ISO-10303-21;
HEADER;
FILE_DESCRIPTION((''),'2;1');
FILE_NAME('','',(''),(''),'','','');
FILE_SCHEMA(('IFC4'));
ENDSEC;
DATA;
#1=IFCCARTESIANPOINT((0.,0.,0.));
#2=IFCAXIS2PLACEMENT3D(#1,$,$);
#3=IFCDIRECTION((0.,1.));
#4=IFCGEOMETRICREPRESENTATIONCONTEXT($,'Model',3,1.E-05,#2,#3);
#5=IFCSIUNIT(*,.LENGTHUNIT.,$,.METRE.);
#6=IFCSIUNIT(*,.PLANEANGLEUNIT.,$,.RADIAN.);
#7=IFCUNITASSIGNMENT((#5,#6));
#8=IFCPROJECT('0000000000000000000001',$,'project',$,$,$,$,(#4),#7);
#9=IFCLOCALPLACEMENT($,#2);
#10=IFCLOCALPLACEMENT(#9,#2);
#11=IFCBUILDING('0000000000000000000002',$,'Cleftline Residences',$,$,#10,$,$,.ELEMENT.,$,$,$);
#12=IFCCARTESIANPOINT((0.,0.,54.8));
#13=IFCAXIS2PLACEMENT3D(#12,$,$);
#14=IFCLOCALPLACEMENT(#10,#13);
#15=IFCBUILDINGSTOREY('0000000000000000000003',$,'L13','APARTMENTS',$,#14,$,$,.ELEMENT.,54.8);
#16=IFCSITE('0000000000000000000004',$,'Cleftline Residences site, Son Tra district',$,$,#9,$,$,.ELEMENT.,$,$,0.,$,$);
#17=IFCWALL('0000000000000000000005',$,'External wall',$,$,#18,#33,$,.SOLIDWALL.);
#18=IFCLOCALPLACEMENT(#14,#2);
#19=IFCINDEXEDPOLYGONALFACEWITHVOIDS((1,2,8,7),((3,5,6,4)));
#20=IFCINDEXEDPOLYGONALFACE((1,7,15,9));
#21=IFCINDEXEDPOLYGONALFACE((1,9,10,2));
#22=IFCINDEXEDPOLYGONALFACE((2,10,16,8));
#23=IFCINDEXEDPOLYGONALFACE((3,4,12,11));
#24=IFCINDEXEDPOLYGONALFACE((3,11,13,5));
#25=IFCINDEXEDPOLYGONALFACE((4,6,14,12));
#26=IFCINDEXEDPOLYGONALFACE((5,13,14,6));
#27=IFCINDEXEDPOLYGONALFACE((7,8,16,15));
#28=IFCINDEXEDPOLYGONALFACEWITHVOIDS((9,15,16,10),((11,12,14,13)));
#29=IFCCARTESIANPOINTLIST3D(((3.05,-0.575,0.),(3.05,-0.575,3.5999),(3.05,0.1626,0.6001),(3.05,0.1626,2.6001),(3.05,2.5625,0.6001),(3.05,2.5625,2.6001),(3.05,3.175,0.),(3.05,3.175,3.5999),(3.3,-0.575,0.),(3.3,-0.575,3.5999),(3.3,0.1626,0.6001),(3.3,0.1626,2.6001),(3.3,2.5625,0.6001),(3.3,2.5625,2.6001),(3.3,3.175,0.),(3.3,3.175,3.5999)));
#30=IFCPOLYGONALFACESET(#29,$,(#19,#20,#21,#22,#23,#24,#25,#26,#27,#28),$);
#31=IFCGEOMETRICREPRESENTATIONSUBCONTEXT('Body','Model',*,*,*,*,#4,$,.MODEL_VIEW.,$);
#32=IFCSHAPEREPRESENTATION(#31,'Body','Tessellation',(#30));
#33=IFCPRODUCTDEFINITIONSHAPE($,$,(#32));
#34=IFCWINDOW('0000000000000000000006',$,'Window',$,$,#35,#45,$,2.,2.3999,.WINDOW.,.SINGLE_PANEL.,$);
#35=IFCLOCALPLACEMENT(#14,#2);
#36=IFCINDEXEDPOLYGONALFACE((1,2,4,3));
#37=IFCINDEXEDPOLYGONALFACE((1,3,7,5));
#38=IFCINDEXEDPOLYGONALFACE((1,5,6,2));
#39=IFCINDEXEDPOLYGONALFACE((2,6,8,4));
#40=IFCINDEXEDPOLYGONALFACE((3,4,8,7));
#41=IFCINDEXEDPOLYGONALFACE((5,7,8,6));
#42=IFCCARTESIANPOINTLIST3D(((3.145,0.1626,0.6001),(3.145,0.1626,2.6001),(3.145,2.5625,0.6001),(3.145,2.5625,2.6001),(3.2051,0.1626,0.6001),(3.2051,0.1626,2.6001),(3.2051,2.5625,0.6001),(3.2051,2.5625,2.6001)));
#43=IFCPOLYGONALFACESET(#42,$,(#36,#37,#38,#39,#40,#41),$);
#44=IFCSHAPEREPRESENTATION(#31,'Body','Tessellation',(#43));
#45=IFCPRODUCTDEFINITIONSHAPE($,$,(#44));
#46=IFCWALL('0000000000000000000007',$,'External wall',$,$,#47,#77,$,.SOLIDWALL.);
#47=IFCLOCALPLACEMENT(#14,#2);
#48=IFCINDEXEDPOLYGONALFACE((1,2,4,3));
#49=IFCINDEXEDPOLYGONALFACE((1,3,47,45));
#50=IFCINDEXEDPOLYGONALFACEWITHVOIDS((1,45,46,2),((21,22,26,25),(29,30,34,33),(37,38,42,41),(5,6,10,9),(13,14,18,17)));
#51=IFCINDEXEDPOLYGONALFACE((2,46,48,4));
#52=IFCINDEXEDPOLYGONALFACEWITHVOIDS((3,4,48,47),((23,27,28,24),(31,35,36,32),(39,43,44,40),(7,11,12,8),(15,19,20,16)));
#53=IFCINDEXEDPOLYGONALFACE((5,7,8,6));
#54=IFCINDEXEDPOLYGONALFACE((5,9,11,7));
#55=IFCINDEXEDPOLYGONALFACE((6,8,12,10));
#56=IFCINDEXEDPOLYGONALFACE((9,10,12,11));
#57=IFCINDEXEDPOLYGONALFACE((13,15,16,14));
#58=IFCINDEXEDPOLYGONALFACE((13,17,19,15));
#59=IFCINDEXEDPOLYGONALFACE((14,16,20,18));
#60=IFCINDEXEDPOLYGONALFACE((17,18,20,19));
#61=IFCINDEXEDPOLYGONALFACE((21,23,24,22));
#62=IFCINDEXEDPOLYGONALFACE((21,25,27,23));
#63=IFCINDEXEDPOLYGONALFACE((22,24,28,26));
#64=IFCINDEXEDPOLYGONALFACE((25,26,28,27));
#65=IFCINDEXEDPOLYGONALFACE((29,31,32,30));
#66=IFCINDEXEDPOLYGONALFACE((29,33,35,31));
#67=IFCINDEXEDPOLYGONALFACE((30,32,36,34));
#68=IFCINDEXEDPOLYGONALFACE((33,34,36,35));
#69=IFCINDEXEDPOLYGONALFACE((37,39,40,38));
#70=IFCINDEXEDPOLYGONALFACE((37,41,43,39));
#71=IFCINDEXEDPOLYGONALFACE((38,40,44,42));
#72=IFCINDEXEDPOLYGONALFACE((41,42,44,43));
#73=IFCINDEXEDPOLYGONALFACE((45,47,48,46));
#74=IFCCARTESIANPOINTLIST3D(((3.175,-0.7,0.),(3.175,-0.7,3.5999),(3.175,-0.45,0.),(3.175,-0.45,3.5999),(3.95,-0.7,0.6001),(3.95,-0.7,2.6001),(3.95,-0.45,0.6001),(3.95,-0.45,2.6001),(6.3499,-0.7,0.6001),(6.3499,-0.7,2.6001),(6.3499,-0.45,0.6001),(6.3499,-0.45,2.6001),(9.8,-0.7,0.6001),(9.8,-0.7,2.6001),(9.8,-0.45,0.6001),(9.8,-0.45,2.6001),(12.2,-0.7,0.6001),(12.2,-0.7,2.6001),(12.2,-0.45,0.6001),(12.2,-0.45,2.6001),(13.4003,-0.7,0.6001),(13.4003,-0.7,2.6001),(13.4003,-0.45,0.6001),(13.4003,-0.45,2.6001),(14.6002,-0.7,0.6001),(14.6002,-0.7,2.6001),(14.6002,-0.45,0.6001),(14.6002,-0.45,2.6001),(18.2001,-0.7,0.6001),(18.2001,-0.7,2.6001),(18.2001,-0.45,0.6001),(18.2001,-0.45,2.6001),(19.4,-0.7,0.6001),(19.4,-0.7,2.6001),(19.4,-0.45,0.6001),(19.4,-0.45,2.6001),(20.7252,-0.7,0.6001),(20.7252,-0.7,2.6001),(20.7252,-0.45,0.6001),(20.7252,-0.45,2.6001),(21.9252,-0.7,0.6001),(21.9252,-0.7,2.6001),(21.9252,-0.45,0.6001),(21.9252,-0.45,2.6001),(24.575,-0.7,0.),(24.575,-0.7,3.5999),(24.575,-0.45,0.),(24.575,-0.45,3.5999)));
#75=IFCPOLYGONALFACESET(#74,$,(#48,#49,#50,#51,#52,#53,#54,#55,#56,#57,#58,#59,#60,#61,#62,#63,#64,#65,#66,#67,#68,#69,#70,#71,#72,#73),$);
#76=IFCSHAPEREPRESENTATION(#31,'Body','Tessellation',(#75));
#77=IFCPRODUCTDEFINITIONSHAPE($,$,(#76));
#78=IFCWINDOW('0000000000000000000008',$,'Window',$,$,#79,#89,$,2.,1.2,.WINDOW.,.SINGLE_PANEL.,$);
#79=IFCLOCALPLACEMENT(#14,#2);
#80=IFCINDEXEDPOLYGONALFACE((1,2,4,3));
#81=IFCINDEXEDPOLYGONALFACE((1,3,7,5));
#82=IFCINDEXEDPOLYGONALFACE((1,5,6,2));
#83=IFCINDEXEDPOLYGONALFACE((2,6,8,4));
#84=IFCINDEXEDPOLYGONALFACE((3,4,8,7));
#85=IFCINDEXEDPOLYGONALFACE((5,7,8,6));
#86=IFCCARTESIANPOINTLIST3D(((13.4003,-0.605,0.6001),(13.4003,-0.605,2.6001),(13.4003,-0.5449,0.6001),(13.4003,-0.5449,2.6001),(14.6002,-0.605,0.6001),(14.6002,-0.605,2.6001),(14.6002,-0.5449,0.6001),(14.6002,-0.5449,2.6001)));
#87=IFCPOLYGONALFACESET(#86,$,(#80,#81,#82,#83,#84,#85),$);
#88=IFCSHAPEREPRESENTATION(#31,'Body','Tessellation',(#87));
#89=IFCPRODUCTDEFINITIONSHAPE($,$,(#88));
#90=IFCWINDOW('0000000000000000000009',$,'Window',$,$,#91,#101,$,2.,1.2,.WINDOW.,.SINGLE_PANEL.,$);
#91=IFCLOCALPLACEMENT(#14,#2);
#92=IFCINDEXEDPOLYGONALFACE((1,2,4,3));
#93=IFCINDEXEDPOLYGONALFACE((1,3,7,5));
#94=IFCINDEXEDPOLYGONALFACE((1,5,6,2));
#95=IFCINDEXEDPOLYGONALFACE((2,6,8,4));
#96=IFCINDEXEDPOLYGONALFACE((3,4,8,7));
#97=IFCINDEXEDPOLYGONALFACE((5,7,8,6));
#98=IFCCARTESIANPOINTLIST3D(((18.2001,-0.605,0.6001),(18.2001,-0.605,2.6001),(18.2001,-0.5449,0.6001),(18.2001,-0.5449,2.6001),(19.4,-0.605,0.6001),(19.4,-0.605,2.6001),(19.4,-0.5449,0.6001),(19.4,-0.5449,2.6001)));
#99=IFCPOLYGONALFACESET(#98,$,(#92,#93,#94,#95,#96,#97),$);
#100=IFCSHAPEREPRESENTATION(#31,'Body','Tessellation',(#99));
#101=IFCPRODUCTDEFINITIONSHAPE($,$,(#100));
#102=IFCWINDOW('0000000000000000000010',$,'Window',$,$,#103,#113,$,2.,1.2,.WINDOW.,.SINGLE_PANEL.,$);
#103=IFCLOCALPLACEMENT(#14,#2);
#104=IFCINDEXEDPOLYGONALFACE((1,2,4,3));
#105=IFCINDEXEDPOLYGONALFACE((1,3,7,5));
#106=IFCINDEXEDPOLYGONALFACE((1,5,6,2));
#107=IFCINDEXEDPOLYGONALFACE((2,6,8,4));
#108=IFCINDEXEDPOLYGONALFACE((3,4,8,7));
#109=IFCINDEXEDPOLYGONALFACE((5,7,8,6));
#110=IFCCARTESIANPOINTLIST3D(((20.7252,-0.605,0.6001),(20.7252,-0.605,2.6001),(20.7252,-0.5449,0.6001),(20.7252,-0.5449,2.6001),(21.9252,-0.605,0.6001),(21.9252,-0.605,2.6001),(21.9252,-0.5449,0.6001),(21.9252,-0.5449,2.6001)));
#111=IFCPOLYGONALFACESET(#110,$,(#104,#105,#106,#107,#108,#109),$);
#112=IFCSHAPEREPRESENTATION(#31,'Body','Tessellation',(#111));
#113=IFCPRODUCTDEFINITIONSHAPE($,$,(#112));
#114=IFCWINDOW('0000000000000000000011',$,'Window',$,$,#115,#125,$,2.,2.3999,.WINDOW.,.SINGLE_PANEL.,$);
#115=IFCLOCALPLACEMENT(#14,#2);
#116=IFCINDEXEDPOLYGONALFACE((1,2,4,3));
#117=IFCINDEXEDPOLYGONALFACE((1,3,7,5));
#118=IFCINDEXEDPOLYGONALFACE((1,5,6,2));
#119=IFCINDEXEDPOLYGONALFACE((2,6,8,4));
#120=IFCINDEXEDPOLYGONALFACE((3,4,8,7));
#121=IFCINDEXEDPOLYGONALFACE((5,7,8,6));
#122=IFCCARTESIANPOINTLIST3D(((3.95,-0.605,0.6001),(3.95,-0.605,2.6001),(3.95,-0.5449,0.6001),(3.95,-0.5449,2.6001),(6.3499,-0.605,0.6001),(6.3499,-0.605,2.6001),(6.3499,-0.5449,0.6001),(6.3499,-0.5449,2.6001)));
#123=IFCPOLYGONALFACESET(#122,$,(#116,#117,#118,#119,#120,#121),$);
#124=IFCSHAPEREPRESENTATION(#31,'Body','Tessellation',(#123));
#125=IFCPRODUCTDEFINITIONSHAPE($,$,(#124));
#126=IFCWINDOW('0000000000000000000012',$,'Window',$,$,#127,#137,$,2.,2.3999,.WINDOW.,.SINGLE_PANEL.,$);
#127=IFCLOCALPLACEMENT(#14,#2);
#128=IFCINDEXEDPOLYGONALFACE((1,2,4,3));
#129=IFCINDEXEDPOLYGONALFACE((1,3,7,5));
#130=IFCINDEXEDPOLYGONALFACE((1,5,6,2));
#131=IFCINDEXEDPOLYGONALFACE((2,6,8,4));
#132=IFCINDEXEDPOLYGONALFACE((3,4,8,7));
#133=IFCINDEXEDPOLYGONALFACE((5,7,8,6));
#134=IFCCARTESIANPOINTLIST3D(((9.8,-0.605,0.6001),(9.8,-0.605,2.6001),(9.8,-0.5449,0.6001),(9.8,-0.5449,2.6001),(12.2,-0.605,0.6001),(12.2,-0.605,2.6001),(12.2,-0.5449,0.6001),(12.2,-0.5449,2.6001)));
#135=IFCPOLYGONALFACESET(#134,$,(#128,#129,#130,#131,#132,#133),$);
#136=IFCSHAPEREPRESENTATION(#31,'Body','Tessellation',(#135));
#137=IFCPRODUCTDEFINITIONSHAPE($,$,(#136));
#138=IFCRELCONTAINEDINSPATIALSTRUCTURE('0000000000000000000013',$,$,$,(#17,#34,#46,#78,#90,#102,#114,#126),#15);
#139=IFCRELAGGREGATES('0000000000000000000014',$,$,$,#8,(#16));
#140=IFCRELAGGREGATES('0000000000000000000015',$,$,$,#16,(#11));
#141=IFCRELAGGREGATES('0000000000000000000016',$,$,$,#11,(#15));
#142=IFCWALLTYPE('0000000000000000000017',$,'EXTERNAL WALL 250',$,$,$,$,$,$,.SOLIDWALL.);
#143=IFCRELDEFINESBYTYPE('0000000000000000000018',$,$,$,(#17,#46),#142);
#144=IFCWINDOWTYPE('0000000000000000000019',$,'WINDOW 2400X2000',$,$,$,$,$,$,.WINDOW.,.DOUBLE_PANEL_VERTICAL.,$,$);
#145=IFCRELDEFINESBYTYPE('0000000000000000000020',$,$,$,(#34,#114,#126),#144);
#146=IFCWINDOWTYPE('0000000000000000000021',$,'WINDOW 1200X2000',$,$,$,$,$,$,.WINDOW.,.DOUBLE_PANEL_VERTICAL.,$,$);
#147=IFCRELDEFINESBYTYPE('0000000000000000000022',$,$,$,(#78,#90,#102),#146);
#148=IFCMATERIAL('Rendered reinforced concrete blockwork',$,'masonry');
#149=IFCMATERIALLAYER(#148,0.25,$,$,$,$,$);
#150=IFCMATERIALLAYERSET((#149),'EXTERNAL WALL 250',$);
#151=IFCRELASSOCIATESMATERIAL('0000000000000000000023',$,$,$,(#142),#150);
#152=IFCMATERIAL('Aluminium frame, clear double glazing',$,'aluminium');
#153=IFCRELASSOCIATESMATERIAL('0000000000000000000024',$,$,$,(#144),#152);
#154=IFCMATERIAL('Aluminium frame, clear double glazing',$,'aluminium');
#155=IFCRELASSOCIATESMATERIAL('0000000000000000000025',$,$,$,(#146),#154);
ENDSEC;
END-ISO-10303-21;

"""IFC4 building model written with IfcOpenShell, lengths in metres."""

from ifc_helpers import new_model, si_unit, direction, frame, frame_2d, origin, place, context, subcontext, project, spatial, rectangle, extrude, material, layer, layer_set, type_object, element, fill, save


model = new_model("IFC4")

# Units and contexts
model_context = context("Model", 3, precision=1e-05, world=origin(), true_north=direction((0.0, 1.0)))
body_context = subcontext(model_context, "Body", "Model", "MODEL_VIEW")
ifc_project = project(units=[si_unit("LENGTHUNIT", "METRE"), si_unit("PLANEANGLEUNIT", "RADIAN")], contexts=[model_context])

# Site, building, storey
site_placement = place(None, origin())
site = spatial("IfcSite", under=ifc_project, at=site_placement, Name="Cleftline Residences site, Son Tra district", CompositionType="ELEMENT", RefElevation=0.0)
building_placement = place(site_placement, origin())
building = spatial("IfcBuilding", under=site, at=building_placement, Name="Cleftline Residences", CompositionType="ELEMENT")
storey_placement = place(building_placement, frame((0.0, 0.0, 54.8)))
storey = spatial("IfcBuildingStorey", under=building, at=storey_placement, Name="L13", Description="APARTMENTS", CompositionType="ELEMENT", Elevation=54.8)

# Wall, opening, window
ifc_material_1 = material(Name="Rendered reinforced concrete blockwork", Category="masonry")
ifc_layer_1 = layer(ifc_material_1, 0.25)
ifc_layer_set_1 = layer_set([ifc_layer_1], Name="EXTERNAL WALL 250")
wall_type_1 = type_object("IfcWallType", Name="EXTERNAL WALL 250", PredefinedType="SOLIDWALL", material=ifc_layer_set_1)
wall_1_placement = place(storey_placement, frame((3.175, 3.175, 0.0), z_axis=(0.0, 0.0, 1.0), x_axis=(0.0, -1.0, 0.0)))
wall_1 = element("IfcWall", 1, at=wall_1_placement, inside=storey, type_object=wall_type_1, Name="External wall", PredefinedType="SOLIDWALL", context=body_context, shape_type="SweptSolid", body=[
    extrude(rectangle(XDim=3.75, YDim=0.25, at=frame_2d((1.875, 0.0))), origin(), (0.0, 0.0, 1.0), 3.5999),
])
opening_1_placement = place(wall_1_placement, frame((0.6125, 0.0, 0.6001)))
opening_1 = element("IfcOpeningElement", 2, at=opening_1_placement, cuts=wall_1, PredefinedType="OPENING", context=body_context, shape_type="SweptSolid", body=[
    extrude(rectangle(XDim=2.3999, YDim=2.0, at=frame_2d((1.2, 1.0))), frame((0.0, 0.135, 0.0), z_axis=(0.0, -1.0, 0.0), x_axis=(1.0, 0.0, 0.0)), (0.0, 0.0, 1.0), 0.27),
])
ifc_material_2 = material(Name="Aluminium frame, clear double glazing", Category="aluminium")
window_type_1 = type_object("IfcWindowType", Name="WINDOW 2400X2000", PartitioningType="DOUBLE_PANEL_VERTICAL", PredefinedType="WINDOW", material=ifc_material_2)
window_1_placement = place(opening_1_placement, origin())
window_1 = element("IfcWindow", 3, at=window_1_placement, inside=storey, type_object=window_type_1, Name="Window", OverallHeight=2.0, OverallWidth=2.3999, PartitioningType="SINGLE_PANEL", PredefinedType="WINDOW", context=body_context, shape_type="SweptSolid", body=[
    extrude(rectangle(XDim=2.3999, YDim=2.0, at=frame_2d((1.2, 1.0))), frame((0.0, 0.03, 0.0), z_axis=(0.0, -1.0, 0.0), x_axis=(1.0, 0.0, 0.0)), (0.0, 0.0, 1.0), 0.0601),
])
fill(opening_1, window_1)

# Wall, openings, windows
wall_2_placement = place(storey_placement, frame((3.175, -0.575, 0.0), z_axis=(0.0, 0.0, 1.0), x_axis=(1.0, 0.0, 0.0)))
wall_2 = element("IfcWall", 4, at=wall_2_placement, inside=storey, type_object=wall_type_1, Name="External wall", PredefinedType="SOLIDWALL", context=body_context, shape_type="SweptSolid", body=[
    extrude(rectangle(XDim=21.3999, YDim=0.25, at=frame_2d((10.7, 0.0))), origin(), (0.0, 0.0, 1.0), 3.5999),
])
opening_2_placement = place(wall_2_placement, frame((0.7749, 0.0, 0.6001)))
opening_2 = element("IfcOpeningElement", 5, at=opening_2_placement, cuts=wall_2, PredefinedType="OPENING", context=body_context, shape_type="SweptSolid", body=[
    extrude(rectangle(XDim=2.3999, YDim=2.0, at=frame_2d((1.2, 1.0))), frame((0.0, 0.135, 0.0), z_axis=(0.0, -1.0, 0.0), x_axis=(1.0, 0.0, 0.0)), (0.0, 0.0, 1.0), 0.27),
])
opening_3_placement = place(wall_2_placement, frame((6.625, 0.0, 0.6001)))
opening_3 = element("IfcOpeningElement", 6, at=opening_3_placement, cuts=wall_2, PredefinedType="OPENING", context=body_context, shape_type="SweptSolid", body=[
    extrude(rectangle(XDim=2.3999, YDim=2.0, at=frame_2d((1.2, 1.0))), frame((0.0, 0.135, 0.0), z_axis=(0.0, -1.0, 0.0), x_axis=(1.0, 0.0, 0.0)), (0.0, 0.0, 1.0), 0.27),
])
opening_4_placement = place(wall_2_placement, frame((10.2251, 0.0, 0.6001)))
opening_4 = element("IfcOpeningElement", 7, at=opening_4_placement, cuts=wall_2, PredefinedType="OPENING", context=body_context, shape_type="SweptSolid", body=[
    extrude(rectangle(XDim=1.2, YDim=2.0, at=frame_2d((0.6001, 1.0))), frame((0.0, 0.135, 0.0), z_axis=(0.0, -1.0, 0.0), x_axis=(1.0, 0.0, 0.0)), (0.0, 0.0, 1.0), 0.27),
])
opening_5_placement = place(wall_2_placement, frame((15.0249, 0.0, 0.6001)))
opening_5 = element("IfcOpeningElement", 8, at=opening_5_placement, cuts=wall_2, PredefinedType="OPENING", context=body_context, shape_type="SweptSolid", body=[
    extrude(rectangle(XDim=1.2, YDim=2.0, at=frame_2d((0.6001, 1.0))), frame((0.0, 0.135, 0.0), z_axis=(0.0, -1.0, 0.0), x_axis=(1.0, 0.0, 0.0)), (0.0, 0.0, 1.0), 0.27),
])
opening_6_placement = place(wall_2_placement, frame((17.55, 0.0, 0.6001)))
opening_6 = element("IfcOpeningElement", 9, at=opening_6_placement, cuts=wall_2, PredefinedType="OPENING", context=body_context, shape_type="SweptSolid", body=[
    extrude(rectangle(XDim=1.2, YDim=2.0, at=frame_2d((0.6001, 1.0))), frame((0.0, 0.135, 0.0), z_axis=(0.0, -1.0, 0.0), x_axis=(1.0, 0.0, 0.0)), (0.0, 0.0, 1.0), 0.27),
])
ifc_material_3 = material(Name="Aluminium frame, clear double glazing", Category="aluminium")
window_type_2 = type_object("IfcWindowType", Name="WINDOW 1200X2000", PartitioningType="DOUBLE_PANEL_VERTICAL", PredefinedType="WINDOW", material=ifc_material_3)
window_2_placement = place(opening_4_placement, origin())
window_2 = element("IfcWindow", 10, at=window_2_placement, inside=storey, type_object=window_type_2, Name="Window", OverallHeight=2.0, OverallWidth=1.2, PartitioningType="SINGLE_PANEL", PredefinedType="WINDOW", context=body_context, shape_type="SweptSolid", body=[
    extrude(rectangle(XDim=1.2, YDim=2.0, at=frame_2d((0.6001, 1.0))), frame((0.0, 0.03, 0.0), z_axis=(0.0, -1.0, 0.0), x_axis=(1.0, 0.0, 0.0)), (0.0, 0.0, 1.0), 0.0601),
])
fill(opening_4, window_2)
window_3_placement = place(opening_5_placement, origin())
window_3 = element("IfcWindow", 11, at=window_3_placement, inside=storey, type_object=window_type_2, Name="Window", OverallHeight=2.0, OverallWidth=1.2, PartitioningType="SINGLE_PANEL", PredefinedType="WINDOW", context=body_context, shape_type="SweptSolid", body=[
    extrude(rectangle(XDim=1.2, YDim=2.0, at=frame_2d((0.6001, 1.0))), frame((0.0, 0.03, 0.0), z_axis=(0.0, -1.0, 0.0), x_axis=(1.0, 0.0, 0.0)), (0.0, 0.0, 1.0), 0.0601),
])
fill(opening_5, window_3)
window_4_placement = place(opening_6_placement, origin())
window_4 = element("IfcWindow", 12, at=window_4_placement, inside=storey, type_object=window_type_2, Name="Window", OverallHeight=2.0, OverallWidth=1.2, PartitioningType="SINGLE_PANEL", PredefinedType="WINDOW", context=body_context, shape_type="SweptSolid", body=[
    extrude(rectangle(XDim=1.2, YDim=2.0, at=frame_2d((0.6001, 1.0))), frame((0.0, 0.03, 0.0), z_axis=(0.0, -1.0, 0.0), x_axis=(1.0, 0.0, 0.0)), (0.0, 0.0, 1.0), 0.0601),
])
fill(opening_6, window_4)
window_5_placement = place(opening_2_placement, origin())
window_5 = element("IfcWindow", 13, at=window_5_placement, inside=storey, type_object=window_type_1, Name="Window", OverallHeight=2.0, OverallWidth=2.3999, PartitioningType="SINGLE_PANEL", PredefinedType="WINDOW", context=body_context, shape_type="SweptSolid", body=[
    extrude(rectangle(XDim=2.3999, YDim=2.0, at=frame_2d((1.2, 1.0))), frame((0.0, 0.03, 0.0), z_axis=(0.0, -1.0, 0.0), x_axis=(1.0, 0.0, 0.0)), (0.0, 0.0, 1.0), 0.0601),
])
fill(opening_2, window_5)
window_6_placement = place(opening_3_placement, origin())
window_6 = element("IfcWindow", 14, at=window_6_placement, inside=storey, type_object=window_type_1, Name="Window", OverallHeight=2.0, OverallWidth=2.3999, PartitioningType="SINGLE_PANEL", PredefinedType="WINDOW", context=body_context, shape_type="SweptSolid", body=[
    extrude(rectangle(XDim=2.3999, YDim=2.0, at=frame_2d((1.2, 1.0))), frame((0.0, 0.03, 0.0), z_axis=(0.0, -1.0, 0.0), x_axis=(1.0, 0.0, 0.0)), (0.0, 0.0, 1.0), 0.0601),
])
fill(opening_3, window_6)

save(model, "model.ifc")
